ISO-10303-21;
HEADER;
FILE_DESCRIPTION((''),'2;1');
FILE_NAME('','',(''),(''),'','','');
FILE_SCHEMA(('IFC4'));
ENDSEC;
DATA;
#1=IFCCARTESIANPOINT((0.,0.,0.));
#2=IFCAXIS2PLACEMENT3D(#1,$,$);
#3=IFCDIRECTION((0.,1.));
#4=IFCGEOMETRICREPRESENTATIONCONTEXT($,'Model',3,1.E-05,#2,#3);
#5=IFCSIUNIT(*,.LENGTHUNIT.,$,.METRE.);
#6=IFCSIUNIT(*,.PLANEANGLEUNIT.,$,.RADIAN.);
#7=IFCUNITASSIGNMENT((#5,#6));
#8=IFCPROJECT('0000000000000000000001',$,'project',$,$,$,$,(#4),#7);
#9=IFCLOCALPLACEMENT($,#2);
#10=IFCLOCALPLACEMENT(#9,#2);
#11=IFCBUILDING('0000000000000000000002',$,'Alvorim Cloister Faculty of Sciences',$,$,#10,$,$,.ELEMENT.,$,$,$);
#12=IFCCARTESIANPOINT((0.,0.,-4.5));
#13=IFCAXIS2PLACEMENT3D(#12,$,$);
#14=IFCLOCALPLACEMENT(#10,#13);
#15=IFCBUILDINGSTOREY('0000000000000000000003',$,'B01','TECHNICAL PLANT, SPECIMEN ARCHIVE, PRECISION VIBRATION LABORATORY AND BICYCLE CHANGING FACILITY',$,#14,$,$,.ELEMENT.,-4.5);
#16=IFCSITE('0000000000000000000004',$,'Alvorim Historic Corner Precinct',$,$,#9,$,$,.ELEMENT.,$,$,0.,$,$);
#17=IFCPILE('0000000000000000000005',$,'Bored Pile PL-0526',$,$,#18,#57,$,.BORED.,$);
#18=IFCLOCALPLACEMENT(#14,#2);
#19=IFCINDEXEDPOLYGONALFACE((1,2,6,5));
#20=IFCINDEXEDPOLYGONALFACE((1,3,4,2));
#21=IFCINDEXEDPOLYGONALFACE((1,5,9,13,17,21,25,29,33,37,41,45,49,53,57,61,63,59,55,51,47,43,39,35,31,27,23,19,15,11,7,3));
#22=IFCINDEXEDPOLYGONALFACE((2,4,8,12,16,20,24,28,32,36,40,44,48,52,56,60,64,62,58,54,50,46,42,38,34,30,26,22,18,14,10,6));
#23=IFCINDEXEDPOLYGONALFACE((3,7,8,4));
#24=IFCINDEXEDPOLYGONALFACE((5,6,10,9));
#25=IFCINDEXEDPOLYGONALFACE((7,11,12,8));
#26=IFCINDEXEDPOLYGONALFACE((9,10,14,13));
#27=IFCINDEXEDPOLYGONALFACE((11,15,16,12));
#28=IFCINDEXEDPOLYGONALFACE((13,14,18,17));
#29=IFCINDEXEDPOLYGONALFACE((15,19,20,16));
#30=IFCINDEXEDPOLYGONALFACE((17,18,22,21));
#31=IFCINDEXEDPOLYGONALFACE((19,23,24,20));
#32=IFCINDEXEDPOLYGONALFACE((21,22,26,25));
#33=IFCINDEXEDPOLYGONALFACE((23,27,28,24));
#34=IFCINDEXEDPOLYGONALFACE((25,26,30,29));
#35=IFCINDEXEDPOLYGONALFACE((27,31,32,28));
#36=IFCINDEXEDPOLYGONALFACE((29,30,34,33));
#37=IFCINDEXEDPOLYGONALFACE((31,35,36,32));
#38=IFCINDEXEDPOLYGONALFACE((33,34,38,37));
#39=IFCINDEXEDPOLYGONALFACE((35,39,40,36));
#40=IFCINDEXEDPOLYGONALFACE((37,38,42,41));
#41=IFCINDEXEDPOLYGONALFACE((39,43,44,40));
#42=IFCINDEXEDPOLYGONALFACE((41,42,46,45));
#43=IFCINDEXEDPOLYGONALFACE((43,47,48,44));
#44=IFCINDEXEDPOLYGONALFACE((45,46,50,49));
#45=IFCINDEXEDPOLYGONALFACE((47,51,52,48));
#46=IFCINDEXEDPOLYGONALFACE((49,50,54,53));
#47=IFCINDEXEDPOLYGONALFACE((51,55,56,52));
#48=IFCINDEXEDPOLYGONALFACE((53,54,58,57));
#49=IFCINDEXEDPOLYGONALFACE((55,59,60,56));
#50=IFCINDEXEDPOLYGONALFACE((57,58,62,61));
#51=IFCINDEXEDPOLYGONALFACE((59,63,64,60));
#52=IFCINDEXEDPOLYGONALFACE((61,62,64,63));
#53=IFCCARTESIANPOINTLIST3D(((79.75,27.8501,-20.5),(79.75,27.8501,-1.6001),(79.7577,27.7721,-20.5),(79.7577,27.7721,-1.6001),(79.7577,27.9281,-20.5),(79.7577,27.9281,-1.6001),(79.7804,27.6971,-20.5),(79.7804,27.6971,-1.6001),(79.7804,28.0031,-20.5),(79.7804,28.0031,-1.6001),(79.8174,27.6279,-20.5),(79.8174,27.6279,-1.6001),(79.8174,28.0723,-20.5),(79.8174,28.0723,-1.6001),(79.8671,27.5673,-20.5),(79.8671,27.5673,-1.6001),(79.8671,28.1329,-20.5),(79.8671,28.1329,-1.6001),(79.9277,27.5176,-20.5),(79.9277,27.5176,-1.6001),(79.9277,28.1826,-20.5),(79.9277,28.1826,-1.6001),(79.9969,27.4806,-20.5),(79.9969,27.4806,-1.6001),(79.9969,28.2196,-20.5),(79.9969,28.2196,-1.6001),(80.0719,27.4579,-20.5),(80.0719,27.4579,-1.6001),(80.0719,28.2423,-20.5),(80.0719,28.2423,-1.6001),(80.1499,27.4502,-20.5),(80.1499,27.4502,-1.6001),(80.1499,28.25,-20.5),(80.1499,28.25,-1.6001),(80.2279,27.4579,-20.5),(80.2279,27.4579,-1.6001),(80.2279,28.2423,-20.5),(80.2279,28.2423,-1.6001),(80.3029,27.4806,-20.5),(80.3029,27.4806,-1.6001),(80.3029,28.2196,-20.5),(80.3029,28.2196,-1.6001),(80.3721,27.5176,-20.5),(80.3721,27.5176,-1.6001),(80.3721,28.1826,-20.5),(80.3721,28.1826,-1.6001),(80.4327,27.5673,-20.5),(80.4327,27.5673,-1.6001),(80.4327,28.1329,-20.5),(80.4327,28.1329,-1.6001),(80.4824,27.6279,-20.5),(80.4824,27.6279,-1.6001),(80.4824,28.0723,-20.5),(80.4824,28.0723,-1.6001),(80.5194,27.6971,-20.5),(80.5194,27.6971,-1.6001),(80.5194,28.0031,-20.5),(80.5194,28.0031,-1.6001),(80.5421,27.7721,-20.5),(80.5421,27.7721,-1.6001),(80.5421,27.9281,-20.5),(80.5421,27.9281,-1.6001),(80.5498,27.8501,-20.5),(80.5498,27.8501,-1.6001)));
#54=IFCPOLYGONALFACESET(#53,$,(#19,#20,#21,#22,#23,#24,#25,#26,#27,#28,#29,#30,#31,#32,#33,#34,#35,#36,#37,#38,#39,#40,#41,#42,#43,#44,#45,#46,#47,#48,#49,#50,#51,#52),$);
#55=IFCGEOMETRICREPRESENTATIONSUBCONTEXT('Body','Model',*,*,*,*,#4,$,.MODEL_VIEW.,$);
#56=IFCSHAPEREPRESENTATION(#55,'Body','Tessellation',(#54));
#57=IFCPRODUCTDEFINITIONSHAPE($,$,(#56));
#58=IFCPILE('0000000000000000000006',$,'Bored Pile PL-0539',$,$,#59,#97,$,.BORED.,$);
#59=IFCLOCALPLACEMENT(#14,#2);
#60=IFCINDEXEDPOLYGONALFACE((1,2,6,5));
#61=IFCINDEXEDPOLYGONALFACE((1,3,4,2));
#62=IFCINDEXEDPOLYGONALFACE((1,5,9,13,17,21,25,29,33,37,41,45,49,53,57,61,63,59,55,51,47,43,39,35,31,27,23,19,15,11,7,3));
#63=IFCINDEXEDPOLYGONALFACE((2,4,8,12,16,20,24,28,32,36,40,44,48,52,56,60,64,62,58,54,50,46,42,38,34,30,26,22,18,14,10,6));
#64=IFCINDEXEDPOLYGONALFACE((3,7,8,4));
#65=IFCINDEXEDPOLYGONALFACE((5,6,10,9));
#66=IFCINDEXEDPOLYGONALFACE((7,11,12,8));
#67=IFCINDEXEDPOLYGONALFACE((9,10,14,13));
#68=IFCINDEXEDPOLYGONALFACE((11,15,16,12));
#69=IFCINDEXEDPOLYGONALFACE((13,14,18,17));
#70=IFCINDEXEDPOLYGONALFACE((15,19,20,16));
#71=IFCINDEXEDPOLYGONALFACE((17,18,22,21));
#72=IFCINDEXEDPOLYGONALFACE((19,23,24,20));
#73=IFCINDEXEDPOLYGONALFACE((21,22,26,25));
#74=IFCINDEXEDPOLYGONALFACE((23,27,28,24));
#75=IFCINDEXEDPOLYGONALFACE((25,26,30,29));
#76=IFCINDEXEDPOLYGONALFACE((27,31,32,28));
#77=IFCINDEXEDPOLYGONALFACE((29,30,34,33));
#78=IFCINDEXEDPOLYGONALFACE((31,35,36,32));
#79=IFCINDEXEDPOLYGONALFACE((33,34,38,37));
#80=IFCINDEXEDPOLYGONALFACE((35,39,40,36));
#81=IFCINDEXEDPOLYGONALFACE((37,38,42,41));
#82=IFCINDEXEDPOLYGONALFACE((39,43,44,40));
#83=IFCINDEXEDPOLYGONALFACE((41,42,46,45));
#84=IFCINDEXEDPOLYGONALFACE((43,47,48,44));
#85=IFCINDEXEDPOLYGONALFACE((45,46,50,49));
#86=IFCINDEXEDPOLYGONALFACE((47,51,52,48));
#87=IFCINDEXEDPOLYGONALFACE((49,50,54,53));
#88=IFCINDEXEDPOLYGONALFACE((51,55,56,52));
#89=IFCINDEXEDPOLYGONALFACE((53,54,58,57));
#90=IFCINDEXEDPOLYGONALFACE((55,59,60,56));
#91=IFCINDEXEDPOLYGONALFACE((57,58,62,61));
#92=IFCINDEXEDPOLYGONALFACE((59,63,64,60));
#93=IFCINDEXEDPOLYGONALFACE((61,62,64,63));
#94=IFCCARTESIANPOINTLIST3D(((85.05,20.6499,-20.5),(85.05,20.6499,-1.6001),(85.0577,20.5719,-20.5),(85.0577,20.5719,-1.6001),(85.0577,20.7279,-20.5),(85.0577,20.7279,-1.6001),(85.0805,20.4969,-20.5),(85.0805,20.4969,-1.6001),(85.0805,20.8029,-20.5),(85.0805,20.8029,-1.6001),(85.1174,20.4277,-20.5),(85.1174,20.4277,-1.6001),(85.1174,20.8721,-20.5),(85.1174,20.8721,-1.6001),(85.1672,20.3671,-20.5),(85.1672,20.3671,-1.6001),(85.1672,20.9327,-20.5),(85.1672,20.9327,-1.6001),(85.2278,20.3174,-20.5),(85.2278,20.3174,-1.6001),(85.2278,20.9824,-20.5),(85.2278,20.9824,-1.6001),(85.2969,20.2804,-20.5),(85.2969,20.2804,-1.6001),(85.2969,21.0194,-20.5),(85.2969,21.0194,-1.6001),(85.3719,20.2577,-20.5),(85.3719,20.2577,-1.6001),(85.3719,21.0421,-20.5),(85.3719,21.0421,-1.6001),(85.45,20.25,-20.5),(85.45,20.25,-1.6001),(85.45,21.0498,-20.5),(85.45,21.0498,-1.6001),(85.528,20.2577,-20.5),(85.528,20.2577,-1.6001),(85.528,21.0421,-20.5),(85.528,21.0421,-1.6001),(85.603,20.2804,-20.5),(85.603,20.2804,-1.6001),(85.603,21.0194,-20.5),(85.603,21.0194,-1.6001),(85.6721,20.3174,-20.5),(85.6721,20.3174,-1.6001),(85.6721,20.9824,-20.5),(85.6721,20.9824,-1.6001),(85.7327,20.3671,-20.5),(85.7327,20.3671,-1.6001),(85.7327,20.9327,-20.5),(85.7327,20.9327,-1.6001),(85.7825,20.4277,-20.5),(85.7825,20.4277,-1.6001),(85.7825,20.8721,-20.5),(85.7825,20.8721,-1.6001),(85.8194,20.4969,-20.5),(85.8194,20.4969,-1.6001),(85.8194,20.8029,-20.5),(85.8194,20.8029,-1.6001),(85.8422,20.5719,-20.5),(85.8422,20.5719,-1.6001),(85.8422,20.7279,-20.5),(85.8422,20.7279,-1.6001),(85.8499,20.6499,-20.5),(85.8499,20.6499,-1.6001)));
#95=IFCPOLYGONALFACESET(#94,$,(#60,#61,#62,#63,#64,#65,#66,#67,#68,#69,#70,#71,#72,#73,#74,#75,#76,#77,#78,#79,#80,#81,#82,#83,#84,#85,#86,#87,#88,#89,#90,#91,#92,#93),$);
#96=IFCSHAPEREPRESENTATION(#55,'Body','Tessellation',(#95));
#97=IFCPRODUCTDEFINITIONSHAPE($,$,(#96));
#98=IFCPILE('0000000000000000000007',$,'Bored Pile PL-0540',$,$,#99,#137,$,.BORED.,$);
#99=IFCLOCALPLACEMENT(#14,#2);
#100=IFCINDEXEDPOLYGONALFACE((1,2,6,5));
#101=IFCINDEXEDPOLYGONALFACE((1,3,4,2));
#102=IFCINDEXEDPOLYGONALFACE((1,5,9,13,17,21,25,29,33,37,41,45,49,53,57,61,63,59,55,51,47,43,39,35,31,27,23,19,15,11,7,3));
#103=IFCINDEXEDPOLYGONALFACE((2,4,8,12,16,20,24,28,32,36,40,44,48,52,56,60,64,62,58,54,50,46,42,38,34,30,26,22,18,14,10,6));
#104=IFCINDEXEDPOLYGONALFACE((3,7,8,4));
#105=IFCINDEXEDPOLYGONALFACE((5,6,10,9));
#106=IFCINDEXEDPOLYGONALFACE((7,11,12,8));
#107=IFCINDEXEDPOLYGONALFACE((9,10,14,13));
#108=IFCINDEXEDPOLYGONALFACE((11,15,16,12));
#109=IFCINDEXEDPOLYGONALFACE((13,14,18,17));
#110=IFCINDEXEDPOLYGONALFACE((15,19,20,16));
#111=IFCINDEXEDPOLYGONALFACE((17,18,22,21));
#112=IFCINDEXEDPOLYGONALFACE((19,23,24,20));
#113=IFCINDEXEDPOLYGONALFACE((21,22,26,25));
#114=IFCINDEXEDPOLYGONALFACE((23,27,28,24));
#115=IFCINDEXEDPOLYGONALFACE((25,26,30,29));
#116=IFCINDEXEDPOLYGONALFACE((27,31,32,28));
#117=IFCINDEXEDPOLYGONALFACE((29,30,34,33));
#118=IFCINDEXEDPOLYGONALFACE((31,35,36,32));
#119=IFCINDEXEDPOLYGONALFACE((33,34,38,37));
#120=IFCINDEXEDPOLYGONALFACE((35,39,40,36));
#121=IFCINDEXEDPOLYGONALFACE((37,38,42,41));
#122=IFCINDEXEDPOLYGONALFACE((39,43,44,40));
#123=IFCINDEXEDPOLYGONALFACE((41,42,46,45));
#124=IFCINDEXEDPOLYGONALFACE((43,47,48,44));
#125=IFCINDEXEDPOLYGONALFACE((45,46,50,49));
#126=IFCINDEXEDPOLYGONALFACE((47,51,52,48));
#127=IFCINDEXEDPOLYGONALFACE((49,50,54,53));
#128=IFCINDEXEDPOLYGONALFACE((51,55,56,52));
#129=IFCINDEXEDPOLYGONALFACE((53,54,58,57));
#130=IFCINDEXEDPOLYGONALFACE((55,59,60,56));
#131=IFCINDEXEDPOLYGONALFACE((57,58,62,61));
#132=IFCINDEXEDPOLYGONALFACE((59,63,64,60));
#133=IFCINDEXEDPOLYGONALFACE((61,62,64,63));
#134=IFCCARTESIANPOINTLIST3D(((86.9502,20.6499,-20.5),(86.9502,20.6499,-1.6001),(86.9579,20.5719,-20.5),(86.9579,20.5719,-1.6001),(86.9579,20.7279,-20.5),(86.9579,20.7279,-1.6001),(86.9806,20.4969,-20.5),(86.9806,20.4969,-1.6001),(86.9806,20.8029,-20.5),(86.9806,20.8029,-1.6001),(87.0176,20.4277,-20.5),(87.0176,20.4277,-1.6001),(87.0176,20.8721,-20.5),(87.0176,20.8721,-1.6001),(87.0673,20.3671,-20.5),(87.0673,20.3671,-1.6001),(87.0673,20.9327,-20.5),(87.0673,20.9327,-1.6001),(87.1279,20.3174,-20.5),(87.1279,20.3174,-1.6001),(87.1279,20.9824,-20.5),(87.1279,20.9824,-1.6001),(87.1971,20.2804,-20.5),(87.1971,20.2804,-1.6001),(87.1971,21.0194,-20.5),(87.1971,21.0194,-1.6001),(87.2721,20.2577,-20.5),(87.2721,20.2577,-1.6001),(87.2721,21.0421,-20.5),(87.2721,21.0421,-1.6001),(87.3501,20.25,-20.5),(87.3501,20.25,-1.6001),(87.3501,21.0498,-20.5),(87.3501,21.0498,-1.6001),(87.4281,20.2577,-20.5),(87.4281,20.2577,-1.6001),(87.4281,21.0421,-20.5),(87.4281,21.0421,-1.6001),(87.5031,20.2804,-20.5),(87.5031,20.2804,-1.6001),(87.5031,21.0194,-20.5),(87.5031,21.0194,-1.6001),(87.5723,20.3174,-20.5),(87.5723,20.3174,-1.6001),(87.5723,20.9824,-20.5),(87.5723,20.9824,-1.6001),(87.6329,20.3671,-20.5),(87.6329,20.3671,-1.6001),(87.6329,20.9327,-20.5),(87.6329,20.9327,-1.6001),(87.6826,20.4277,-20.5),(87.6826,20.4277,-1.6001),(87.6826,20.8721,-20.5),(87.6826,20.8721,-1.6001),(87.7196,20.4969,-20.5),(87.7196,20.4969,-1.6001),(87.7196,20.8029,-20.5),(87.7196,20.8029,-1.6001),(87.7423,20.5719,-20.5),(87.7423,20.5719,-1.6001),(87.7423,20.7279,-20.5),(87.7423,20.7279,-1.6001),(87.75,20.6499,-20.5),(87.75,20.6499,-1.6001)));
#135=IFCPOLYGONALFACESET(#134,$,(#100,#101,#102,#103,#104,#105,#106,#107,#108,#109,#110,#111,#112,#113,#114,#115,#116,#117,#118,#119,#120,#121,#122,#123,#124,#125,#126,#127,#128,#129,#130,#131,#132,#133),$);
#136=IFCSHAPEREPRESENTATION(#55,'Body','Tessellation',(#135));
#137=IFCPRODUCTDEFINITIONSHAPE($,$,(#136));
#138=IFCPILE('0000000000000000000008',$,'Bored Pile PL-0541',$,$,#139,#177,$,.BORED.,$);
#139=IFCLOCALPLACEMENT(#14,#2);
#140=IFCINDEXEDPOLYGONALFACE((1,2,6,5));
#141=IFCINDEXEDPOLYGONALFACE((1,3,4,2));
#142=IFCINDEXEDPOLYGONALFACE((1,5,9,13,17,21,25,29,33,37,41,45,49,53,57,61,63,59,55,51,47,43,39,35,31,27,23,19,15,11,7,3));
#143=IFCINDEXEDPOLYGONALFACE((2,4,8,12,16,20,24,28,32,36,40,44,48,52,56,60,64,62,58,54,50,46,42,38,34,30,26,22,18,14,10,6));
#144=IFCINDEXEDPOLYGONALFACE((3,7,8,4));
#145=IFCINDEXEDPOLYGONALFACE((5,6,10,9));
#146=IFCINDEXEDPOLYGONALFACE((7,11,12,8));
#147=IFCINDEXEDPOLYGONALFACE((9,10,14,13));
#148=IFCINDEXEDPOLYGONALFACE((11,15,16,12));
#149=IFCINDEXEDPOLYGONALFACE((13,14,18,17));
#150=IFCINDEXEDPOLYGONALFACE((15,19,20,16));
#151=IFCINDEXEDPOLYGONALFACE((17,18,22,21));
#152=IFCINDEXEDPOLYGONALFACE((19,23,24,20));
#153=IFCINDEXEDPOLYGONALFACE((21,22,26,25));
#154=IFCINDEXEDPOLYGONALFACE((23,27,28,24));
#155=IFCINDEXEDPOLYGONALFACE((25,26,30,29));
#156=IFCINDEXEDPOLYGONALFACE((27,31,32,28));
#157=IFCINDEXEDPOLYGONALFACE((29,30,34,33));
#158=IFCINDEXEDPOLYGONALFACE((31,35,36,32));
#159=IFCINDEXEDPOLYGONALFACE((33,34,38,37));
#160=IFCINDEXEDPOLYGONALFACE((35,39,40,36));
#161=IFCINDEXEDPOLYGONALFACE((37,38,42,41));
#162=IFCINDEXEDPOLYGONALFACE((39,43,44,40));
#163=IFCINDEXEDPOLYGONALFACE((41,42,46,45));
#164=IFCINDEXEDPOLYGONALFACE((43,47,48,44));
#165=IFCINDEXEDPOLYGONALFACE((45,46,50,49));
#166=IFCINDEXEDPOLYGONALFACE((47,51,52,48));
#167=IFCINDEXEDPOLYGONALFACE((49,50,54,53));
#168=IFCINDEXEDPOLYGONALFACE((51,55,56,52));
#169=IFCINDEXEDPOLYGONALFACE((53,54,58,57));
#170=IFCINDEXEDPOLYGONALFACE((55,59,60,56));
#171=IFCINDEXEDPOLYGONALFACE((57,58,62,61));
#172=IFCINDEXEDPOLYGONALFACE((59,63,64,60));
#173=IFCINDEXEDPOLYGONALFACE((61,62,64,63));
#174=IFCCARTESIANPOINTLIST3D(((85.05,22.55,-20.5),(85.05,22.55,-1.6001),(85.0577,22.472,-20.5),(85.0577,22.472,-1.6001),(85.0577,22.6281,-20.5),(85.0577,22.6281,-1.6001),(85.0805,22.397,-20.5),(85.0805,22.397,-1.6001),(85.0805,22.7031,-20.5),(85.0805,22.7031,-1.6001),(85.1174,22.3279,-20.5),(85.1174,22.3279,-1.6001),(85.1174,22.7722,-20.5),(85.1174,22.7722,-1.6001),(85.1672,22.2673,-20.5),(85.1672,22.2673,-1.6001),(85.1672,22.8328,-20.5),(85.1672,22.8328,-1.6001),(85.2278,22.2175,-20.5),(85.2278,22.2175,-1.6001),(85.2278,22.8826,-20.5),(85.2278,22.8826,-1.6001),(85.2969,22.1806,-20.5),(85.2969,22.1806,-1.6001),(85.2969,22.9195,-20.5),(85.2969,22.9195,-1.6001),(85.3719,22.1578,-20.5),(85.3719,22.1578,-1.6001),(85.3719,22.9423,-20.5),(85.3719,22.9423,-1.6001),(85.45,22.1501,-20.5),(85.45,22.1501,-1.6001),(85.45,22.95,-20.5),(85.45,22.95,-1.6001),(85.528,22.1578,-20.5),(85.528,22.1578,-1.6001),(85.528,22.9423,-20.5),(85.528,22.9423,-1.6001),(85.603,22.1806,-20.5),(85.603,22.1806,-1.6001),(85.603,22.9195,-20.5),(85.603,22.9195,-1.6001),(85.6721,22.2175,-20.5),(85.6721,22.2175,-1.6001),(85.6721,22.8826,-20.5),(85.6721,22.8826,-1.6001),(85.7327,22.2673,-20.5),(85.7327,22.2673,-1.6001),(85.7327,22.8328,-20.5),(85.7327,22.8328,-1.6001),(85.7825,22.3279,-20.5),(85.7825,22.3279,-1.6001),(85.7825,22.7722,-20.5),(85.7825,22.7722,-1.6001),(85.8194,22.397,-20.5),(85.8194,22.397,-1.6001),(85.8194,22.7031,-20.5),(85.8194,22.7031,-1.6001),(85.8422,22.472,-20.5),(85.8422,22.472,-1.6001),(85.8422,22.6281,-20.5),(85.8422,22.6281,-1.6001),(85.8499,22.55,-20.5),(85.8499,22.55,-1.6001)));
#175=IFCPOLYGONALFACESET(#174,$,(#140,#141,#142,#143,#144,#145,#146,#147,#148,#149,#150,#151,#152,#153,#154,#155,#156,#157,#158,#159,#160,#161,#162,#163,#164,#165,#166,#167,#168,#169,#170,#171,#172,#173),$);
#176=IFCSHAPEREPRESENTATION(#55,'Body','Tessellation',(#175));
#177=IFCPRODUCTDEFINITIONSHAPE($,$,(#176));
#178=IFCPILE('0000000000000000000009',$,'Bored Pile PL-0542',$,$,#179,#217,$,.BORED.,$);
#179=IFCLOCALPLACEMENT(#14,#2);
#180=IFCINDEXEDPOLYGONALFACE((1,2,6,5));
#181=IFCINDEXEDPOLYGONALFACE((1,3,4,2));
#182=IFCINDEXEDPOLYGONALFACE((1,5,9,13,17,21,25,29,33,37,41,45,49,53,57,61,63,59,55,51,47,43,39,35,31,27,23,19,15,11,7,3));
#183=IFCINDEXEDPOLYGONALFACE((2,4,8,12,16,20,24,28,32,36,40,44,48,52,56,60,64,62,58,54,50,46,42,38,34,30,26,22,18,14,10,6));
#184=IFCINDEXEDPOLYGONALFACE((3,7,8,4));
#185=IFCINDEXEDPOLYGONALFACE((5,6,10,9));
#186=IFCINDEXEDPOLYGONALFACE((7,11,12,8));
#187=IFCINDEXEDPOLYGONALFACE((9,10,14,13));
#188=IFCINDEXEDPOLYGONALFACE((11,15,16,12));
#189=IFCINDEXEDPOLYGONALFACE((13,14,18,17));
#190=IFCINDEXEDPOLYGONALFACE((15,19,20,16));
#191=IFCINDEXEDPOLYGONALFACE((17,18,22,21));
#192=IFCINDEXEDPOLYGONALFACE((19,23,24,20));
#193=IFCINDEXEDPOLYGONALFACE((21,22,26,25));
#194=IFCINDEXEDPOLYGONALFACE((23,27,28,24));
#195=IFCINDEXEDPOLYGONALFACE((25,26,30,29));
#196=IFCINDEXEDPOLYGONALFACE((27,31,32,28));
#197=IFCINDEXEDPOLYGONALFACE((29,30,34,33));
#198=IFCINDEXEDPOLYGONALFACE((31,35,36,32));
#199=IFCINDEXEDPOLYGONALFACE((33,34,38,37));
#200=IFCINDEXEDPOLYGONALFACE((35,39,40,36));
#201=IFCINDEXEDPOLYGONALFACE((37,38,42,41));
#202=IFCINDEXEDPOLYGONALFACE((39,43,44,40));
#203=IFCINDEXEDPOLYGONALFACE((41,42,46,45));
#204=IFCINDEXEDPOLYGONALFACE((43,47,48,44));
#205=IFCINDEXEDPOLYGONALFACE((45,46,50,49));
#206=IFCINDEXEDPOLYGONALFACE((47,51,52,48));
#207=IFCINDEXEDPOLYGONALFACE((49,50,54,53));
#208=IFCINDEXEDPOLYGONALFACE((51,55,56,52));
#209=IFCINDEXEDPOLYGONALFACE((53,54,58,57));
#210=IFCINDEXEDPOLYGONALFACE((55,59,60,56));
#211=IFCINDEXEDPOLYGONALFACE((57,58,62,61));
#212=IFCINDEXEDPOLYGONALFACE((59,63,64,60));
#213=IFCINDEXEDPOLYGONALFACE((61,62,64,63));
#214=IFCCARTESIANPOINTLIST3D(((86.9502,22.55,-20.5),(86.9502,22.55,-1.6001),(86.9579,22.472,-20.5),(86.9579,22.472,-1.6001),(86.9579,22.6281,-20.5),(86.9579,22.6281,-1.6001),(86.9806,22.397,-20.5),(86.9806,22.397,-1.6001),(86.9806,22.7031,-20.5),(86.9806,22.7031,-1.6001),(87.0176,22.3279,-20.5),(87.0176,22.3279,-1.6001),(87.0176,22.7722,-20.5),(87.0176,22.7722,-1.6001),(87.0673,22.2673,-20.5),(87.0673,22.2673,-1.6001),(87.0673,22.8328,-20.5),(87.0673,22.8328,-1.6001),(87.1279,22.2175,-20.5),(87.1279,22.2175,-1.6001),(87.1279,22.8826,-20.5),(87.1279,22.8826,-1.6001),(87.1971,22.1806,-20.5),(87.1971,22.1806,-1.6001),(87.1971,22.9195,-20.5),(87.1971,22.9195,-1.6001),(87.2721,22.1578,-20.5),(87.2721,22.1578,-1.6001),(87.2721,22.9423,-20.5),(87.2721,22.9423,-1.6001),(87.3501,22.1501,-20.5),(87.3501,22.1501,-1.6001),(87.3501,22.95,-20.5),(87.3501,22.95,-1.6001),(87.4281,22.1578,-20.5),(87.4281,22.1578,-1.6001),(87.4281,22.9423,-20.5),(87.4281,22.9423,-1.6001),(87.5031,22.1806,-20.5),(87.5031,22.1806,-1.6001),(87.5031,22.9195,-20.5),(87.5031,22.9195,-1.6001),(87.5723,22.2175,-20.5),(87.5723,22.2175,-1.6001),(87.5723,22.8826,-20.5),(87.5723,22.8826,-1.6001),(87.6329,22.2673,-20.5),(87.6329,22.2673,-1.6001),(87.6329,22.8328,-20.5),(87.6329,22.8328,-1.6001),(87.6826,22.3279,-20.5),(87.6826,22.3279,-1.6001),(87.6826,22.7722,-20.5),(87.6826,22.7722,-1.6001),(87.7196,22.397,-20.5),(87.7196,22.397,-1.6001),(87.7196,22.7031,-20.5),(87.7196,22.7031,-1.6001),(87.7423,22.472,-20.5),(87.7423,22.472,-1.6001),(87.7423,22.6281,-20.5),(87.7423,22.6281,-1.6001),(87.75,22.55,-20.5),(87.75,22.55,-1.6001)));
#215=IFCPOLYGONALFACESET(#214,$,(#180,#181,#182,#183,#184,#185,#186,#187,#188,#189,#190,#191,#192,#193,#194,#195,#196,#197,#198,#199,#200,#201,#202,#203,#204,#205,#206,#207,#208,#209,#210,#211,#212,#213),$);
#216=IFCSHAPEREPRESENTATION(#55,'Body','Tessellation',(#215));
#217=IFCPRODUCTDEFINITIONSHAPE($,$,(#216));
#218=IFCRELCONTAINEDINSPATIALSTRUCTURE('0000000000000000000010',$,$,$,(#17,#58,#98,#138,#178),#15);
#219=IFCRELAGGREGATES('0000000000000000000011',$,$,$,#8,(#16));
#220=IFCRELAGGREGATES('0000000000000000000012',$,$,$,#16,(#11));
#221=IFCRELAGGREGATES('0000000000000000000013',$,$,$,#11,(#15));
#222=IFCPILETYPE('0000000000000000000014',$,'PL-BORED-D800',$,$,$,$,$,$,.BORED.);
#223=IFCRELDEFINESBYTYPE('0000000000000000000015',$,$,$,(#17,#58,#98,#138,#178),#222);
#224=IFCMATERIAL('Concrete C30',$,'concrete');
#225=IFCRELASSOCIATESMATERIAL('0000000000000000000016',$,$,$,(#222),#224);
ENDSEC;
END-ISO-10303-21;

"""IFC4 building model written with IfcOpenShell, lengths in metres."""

from ifc_helpers import new_model, si_unit, direction, frame, origin, origin_2d, place, context, subcontext, project, spatial, circle, extrude, material, material_profile, profile_set, type_object, element, save


model = new_model("IFC4")

# Units and contexts
model_context = context("Model", 3, precision=1e-05, world=origin(), true_north=direction((0.0, 1.0)))
body_context = subcontext(model_context, "Body", "Model", "MODEL_VIEW")
ifc_project = project(units=[si_unit("LENGTHUNIT", "METRE"), si_unit("PLANEANGLEUNIT", "RADIAN")], contexts=[model_context])

# Site, building, storey
site_placement = place(None, origin())
site = spatial("IfcSite", under=ifc_project, at=site_placement, Name="Alvorim Historic Corner Precinct", CompositionType="ELEMENT", RefElevation=0.0)
building_placement = place(site_placement, origin())
building = spatial("IfcBuilding", under=site, at=building_placement, Name="Alvorim Cloister Faculty of Sciences", CompositionType="ELEMENT")
storey_placement = place(building_placement, frame((0.0, 0.0, -4.5)))
storey = spatial("IfcBuildingStorey", under=building, at=storey_placement, Name="B01", Description="TECHNICAL PLANT, SPECIMEN ARCHIVE, PRECISION VIBRATION LABORATORY AND BICYCLE CHANGING FACILITY", CompositionType="ELEMENT", Elevation=-4.5)

# Piles
ifc_material_1 = material(Name="Concrete C30", Category="concrete")
ifc_material_profile_1 = material_profile(ifc_material_1, circle(Radius=0.3999, at=origin_2d()), Name="PILE-D800")
ifc_profile_set_1 = profile_set([ifc_material_profile_1], Name="Concrete C30")
pile_type = type_object("IfcPileType", Name="PL-BORED-D800", PredefinedType="BORED", material=ifc_profile_set_1)
for number, where, z_axis, x_axis, name in (
    (1, (80.1499, 27.8501, -1.6001), (0.0, 0.0, -1.0), (1.0, 0.0, 0.0), "Bored Pile PL-0526"),
    (2, (85.45, 20.6499, -1.6001), (0.0, 0.0, -1.0), (1.0, 0.0, 0.0), "Bored Pile PL-0539"),
    (3, (87.3501, 20.6499, -1.6001), (0.0, 0.0, -1.0), (1.0, 0.0, 0.0), "Bored Pile PL-0540"),
    (4, (85.45, 22.55, -1.6001), (0.0, 0.0, -1.0), (1.0, 0.0, 0.0), "Bored Pile PL-0541"),
    (5, (87.3501, 22.55, -1.6001), (0.0, 0.0, -1.0), (1.0, 0.0, 0.0), "Bored Pile PL-0542"),
):
    element("IfcPile", number, at=place(storey_placement, frame(where, z_axis=z_axis, x_axis=x_axis)), inside=storey, type_object=pile_type, Name=name, PredefinedType="BORED", context=body_context, shape_type="SweptSolid", body=[
        extrude(circle(Radius=0.3999, at=origin_2d()), origin(), (0.0, 0.0, 1.0), 18.8999),
    ])

save(model, "model.ifc")
